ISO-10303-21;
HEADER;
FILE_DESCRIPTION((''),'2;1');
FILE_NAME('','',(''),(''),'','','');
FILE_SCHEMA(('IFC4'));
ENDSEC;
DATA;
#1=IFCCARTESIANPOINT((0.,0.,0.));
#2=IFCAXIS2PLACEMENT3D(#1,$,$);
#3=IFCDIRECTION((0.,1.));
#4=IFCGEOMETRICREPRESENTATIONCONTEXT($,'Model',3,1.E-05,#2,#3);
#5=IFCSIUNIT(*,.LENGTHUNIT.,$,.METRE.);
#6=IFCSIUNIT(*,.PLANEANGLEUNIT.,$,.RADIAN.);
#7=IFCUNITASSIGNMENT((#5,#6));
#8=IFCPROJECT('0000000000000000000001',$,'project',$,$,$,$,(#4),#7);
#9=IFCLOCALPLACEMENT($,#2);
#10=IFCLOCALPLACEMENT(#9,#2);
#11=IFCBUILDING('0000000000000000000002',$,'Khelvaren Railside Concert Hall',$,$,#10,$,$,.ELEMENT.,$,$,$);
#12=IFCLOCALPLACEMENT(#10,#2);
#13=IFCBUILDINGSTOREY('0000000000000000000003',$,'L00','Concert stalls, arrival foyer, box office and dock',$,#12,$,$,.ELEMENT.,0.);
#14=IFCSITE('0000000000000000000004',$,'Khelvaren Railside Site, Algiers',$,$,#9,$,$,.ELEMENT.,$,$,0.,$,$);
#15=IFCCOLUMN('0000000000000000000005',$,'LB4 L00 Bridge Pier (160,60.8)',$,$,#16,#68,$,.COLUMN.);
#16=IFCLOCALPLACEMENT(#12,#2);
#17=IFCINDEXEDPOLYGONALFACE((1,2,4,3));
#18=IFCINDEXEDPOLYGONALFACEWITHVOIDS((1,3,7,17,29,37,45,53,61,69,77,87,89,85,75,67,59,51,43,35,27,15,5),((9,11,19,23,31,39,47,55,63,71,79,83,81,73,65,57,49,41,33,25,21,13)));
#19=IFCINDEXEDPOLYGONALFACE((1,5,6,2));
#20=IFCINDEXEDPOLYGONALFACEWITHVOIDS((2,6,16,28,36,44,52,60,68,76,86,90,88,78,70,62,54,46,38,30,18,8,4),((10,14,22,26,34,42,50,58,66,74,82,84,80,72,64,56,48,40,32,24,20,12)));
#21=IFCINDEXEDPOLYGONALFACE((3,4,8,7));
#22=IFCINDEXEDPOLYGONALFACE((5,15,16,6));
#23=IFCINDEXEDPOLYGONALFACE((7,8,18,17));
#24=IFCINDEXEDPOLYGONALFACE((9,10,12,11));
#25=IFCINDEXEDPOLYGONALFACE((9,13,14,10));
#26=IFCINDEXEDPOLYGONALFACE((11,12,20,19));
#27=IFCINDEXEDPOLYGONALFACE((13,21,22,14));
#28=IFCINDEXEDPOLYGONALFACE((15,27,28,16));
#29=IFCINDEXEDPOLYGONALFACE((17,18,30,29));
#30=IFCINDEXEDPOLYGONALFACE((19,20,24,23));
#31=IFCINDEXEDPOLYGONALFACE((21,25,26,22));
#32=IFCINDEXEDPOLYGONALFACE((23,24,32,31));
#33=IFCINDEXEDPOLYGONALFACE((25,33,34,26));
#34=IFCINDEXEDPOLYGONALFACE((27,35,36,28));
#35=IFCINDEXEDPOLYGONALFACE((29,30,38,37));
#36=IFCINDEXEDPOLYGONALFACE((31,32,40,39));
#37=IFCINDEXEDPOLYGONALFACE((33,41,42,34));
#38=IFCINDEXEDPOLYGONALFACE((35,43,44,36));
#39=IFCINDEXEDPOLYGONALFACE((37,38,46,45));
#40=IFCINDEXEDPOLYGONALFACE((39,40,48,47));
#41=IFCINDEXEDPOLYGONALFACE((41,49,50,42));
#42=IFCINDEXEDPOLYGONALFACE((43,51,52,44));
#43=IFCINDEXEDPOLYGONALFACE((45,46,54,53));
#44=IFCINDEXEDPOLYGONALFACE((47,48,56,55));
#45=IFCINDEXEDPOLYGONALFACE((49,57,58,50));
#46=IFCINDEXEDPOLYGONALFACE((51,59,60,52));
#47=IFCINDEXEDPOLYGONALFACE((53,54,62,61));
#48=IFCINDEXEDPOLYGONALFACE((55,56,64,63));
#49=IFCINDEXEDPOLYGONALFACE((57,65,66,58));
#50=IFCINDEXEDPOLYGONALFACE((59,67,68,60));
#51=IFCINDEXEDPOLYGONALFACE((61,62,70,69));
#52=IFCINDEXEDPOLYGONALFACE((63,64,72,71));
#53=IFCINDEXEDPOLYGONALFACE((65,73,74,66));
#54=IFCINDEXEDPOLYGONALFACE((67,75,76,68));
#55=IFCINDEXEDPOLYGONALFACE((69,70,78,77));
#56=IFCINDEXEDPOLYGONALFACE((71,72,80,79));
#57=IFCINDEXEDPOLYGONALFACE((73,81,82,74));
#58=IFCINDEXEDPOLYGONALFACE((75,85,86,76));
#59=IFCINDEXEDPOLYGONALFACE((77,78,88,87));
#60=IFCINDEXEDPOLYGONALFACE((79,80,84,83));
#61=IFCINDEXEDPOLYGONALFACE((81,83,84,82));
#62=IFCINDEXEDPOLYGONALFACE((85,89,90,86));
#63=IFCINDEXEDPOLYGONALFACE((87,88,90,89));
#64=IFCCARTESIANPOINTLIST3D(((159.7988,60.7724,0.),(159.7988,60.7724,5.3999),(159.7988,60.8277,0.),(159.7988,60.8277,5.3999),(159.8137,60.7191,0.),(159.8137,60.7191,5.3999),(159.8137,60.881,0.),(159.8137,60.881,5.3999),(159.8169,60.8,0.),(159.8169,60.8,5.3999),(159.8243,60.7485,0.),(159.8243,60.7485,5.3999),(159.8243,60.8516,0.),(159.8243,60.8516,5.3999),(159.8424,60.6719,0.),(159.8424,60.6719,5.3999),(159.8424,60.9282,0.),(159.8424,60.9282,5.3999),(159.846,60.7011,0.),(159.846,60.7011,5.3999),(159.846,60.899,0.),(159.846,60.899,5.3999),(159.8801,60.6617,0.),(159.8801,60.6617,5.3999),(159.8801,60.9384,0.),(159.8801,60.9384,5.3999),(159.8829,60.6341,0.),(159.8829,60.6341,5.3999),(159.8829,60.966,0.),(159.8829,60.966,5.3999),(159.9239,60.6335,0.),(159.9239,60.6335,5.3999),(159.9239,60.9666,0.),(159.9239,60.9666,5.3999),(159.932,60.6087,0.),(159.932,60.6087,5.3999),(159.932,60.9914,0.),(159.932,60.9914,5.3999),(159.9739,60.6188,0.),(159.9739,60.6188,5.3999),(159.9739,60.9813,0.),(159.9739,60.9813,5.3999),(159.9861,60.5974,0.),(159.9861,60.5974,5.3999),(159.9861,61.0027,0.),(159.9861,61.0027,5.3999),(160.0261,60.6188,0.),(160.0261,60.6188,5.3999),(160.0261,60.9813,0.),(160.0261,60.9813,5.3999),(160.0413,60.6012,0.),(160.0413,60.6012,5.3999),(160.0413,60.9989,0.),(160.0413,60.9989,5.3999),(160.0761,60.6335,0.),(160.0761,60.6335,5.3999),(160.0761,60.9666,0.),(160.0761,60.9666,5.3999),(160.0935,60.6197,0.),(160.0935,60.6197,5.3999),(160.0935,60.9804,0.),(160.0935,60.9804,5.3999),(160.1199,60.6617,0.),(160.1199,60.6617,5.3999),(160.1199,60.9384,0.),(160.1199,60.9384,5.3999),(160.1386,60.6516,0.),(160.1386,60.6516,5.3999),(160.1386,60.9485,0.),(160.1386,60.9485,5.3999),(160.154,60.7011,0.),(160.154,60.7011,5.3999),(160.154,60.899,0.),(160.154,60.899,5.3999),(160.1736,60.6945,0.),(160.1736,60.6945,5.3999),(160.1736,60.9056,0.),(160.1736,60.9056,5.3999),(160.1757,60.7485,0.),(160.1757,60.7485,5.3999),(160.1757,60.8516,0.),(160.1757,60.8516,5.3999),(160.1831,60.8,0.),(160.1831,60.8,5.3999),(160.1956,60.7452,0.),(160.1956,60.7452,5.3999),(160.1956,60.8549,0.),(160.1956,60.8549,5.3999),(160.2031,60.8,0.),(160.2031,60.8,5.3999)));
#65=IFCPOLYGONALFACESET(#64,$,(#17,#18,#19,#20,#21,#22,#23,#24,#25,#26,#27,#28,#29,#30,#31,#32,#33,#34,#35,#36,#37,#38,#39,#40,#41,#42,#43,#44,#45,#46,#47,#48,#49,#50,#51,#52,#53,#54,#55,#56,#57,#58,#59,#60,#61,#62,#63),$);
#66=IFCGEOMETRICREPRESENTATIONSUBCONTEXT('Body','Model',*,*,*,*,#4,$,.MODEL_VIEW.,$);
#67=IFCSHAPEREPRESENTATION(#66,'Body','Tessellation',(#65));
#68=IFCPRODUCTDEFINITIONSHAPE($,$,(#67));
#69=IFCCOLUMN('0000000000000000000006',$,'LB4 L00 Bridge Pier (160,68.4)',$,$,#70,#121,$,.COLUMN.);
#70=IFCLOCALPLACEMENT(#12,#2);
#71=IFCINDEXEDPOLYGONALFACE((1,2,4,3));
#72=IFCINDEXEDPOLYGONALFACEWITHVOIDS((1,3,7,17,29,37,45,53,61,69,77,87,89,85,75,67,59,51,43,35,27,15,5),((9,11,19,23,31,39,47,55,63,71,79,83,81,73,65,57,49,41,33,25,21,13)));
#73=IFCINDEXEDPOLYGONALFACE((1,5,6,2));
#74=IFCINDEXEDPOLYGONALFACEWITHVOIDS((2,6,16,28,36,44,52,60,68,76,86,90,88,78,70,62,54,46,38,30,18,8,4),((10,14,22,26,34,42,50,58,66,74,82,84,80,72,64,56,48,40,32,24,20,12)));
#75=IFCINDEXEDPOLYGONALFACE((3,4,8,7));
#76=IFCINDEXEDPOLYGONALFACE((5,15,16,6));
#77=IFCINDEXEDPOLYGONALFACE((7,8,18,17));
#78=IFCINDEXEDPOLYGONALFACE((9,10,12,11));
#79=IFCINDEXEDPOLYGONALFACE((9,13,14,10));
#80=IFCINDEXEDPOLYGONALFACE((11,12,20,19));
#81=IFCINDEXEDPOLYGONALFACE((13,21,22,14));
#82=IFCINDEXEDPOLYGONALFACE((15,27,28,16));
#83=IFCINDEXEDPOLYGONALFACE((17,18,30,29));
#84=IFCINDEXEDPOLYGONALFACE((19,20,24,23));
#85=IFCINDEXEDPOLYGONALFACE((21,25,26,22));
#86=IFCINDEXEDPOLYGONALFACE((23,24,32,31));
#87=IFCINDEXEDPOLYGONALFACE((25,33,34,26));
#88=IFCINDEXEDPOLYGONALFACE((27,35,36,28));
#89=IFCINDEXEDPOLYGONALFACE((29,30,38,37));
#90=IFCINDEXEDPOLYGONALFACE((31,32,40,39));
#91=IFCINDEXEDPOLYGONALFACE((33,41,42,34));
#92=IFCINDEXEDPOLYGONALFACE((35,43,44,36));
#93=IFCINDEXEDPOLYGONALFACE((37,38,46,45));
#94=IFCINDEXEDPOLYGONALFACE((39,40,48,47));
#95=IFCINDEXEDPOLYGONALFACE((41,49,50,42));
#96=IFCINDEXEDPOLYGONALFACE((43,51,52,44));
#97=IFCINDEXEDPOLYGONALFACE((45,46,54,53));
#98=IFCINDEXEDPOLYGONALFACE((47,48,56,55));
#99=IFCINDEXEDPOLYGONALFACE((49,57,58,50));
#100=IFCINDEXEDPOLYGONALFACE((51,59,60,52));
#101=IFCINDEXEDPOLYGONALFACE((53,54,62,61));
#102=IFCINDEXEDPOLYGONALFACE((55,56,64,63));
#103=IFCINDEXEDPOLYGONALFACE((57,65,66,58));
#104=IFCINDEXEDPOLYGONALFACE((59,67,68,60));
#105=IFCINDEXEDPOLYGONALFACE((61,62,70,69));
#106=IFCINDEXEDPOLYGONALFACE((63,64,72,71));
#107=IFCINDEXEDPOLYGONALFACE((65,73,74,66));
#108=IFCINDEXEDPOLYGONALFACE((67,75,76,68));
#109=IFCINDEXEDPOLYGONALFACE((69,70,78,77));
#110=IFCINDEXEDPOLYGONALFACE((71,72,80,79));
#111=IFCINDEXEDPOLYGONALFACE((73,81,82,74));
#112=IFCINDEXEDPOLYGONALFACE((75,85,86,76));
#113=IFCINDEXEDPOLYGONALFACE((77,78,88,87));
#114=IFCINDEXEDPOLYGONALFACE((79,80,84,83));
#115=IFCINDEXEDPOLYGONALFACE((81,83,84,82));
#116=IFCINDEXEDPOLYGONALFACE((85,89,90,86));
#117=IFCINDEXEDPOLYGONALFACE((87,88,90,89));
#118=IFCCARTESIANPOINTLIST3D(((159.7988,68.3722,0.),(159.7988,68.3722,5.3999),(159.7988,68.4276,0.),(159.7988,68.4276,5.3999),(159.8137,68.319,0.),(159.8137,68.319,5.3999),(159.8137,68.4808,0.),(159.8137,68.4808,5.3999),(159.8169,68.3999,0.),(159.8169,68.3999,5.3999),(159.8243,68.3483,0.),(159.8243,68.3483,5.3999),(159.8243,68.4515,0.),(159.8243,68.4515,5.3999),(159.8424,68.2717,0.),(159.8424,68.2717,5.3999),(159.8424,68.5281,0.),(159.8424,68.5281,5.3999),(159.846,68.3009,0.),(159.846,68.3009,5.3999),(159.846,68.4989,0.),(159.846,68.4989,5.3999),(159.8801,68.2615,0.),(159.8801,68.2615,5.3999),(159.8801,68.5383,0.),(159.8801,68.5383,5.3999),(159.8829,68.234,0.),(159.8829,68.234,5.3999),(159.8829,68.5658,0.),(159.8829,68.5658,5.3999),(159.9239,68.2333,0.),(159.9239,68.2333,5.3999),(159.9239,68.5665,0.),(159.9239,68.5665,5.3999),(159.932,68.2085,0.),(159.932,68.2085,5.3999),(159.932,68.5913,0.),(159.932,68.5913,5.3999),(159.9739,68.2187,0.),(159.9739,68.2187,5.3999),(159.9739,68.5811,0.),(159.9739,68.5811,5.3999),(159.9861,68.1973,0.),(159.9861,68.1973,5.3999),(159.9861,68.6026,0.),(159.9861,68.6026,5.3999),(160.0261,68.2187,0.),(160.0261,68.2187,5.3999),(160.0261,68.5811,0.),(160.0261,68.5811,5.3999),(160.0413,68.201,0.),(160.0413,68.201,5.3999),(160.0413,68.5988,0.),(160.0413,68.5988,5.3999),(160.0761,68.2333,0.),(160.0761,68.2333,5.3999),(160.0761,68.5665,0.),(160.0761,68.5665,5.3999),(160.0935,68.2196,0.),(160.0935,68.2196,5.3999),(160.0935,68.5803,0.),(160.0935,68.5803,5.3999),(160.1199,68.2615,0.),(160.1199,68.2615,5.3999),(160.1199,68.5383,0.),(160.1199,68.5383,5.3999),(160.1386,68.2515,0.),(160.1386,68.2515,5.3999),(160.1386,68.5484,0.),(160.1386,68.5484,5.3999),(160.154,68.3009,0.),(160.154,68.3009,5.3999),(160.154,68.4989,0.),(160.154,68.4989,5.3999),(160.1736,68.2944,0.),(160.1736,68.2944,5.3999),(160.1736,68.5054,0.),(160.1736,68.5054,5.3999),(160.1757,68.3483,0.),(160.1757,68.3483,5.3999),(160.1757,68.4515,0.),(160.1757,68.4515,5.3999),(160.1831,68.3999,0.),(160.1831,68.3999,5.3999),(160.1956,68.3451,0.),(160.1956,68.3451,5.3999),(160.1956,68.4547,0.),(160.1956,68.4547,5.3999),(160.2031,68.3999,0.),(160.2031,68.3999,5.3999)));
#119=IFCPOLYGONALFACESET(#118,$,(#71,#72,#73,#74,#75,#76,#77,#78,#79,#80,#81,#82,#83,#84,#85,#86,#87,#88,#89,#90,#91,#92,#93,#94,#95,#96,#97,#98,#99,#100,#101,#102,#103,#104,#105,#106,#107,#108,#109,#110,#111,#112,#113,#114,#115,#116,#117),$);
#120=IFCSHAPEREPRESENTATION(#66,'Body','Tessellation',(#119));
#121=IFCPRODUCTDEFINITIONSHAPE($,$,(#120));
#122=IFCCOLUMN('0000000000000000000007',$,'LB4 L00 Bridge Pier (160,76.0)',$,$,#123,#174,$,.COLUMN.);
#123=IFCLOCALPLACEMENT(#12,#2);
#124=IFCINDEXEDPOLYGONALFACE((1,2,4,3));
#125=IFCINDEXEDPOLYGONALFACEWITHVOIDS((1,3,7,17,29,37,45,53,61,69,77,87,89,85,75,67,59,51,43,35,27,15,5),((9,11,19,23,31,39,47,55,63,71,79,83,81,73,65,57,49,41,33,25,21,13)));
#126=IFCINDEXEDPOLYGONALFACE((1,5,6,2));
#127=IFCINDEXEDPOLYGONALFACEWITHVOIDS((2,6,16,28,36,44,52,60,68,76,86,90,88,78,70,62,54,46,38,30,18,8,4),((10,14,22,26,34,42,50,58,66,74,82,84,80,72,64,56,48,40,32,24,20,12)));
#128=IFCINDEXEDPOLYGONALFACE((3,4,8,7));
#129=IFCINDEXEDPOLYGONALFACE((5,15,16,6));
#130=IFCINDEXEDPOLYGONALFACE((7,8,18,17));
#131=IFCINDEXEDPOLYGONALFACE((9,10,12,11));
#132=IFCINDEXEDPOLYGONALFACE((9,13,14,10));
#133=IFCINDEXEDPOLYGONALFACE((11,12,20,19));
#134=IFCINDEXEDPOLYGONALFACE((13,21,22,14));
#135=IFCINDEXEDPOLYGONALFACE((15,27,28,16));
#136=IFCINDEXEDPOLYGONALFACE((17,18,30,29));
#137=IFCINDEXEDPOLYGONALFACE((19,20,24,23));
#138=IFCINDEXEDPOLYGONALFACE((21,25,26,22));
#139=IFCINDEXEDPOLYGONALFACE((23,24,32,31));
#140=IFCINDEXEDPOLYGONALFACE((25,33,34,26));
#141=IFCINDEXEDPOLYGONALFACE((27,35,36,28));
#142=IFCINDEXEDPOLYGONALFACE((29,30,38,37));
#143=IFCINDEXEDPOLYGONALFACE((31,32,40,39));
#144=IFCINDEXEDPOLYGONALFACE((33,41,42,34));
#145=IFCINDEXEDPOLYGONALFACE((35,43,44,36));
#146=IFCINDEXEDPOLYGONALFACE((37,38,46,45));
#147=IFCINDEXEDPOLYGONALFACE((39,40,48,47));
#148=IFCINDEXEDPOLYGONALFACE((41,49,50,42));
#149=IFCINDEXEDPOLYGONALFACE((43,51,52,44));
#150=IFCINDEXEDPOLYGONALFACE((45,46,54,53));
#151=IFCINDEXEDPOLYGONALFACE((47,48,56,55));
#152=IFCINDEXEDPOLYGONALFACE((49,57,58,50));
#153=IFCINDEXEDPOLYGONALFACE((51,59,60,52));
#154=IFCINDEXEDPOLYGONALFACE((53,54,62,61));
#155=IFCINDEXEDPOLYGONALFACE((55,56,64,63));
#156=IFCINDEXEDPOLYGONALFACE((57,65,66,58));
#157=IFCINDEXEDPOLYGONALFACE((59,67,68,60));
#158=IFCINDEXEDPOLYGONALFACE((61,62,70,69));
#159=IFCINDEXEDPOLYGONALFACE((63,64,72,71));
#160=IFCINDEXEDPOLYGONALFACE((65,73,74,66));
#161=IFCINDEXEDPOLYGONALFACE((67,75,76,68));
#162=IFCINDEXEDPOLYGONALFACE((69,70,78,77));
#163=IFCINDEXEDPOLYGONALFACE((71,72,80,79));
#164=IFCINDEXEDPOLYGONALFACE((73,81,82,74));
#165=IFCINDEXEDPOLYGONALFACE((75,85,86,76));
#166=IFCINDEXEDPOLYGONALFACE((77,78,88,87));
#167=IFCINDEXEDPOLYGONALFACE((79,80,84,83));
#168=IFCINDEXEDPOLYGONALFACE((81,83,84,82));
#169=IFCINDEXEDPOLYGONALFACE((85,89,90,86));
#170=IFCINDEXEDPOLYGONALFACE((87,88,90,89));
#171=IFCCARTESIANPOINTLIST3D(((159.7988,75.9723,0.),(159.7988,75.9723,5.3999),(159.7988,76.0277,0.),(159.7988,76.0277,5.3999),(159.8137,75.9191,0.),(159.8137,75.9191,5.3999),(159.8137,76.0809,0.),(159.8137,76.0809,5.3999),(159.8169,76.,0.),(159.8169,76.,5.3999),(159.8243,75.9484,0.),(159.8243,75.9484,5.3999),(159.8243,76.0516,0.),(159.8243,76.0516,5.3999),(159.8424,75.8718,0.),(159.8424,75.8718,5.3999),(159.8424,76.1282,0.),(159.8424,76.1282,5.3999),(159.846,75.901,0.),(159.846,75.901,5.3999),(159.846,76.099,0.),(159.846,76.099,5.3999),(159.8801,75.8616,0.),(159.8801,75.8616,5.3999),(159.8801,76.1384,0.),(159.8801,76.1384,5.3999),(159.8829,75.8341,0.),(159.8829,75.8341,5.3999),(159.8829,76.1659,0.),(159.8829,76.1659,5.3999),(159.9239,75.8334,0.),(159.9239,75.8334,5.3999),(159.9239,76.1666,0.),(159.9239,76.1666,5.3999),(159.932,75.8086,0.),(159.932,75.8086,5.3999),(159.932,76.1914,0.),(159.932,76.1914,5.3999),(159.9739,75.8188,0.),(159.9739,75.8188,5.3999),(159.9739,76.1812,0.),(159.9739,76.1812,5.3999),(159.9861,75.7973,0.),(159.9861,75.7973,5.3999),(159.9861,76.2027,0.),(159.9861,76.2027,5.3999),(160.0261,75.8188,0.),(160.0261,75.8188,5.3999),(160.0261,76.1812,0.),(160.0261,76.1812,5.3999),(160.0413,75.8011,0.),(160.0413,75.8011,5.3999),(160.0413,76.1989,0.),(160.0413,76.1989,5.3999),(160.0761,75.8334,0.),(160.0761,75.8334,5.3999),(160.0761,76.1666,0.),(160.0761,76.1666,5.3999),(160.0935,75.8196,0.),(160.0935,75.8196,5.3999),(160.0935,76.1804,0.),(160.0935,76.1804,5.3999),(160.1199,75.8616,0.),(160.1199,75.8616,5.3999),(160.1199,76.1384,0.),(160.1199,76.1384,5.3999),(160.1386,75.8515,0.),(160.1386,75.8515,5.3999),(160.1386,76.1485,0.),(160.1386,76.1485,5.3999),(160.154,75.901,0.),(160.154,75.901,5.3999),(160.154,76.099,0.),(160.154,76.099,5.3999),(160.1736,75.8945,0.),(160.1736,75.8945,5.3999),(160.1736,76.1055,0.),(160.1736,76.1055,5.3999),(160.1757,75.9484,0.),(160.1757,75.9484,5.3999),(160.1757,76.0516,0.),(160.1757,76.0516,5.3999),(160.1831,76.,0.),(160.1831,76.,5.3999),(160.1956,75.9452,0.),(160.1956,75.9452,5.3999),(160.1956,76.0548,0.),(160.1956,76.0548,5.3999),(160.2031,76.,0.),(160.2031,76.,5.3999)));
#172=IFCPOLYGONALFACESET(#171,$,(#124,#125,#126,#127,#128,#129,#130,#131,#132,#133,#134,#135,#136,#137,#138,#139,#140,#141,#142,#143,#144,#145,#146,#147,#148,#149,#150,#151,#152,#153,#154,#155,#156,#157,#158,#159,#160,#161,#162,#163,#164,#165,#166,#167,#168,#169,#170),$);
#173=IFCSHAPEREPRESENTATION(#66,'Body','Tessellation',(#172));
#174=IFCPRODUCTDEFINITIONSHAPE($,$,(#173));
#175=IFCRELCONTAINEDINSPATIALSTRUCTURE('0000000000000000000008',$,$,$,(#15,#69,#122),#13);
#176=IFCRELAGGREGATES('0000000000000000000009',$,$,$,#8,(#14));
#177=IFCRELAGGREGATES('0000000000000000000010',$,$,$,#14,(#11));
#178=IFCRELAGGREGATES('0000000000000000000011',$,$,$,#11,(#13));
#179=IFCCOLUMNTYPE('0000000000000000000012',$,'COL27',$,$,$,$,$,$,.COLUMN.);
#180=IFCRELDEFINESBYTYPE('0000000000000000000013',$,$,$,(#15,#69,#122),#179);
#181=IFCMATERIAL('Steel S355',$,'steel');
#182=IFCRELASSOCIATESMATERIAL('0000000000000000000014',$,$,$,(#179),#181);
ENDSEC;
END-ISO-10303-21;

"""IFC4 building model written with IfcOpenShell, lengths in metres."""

from ifc_helpers import new_model, si_unit, direction, frame, origin, origin_2d, place, context, subcontext, project, spatial, hollow_circle, extrude, material, material_profile, profile_set, type_object, element, save


model = new_model("IFC4")

# Units and contexts
model_context = context("Model", 3, precision=1e-05, world=origin(), true_north=direction((0.0, 1.0)))
body_context = subcontext(model_context, "Body", "Model", "MODEL_VIEW")
ifc_project = project(units=[si_unit("LENGTHUNIT", "METRE"), si_unit("PLANEANGLEUNIT", "RADIAN")], contexts=[model_context])

# Site, building, storey
site_placement = place(None, origin())
site = spatial("IfcSite", under=ifc_project, at=site_placement, Name="Khelvaren Railside Site, Algiers", CompositionType="ELEMENT", RefElevation=0.0)
building_placement = place(site_placement, origin())
building = spatial("IfcBuilding", under=site, at=building_placement, Name="Khelvaren Railside Concert Hall", CompositionType="ELEMENT")
storey_placement = place(building_placement, origin())
storey = spatial("IfcBuildingStorey", under=building, at=storey_placement, Name="L00", Description="Concert stalls, arrival foyer, box office and dock", CompositionType="ELEMENT", Elevation=0.0)

# Columns
ifc_material_1 = material(Name="Steel S355", Category="steel")
ifc_material_profile_1 = material_profile(ifc_material_1, hollow_circle(Radius=0.2031, WallThickness=0.02, at=origin_2d()), Name="CHS 406.4x20")
ifc_profile_set_1 = profile_set([ifc_material_profile_1], Name="Steel S355")
column_type_1 = type_object("IfcColumnType", Name="COL27", PredefinedType="COLUMN", material=ifc_profile_set_1)
for number, where, z_axis, x_axis, name in (
    (1, (160.0, 60.8, 0.0), (0.0, 0.0, 1.0), (1.0, 0.0, 0.0), "LB4 L00 Bridge Pier (160,60.8)"),
    (2, (160.0, 68.3999, 0.0), (0.0, 0.0, 1.0), (1.0, 0.0, 0.0), "LB4 L00 Bridge Pier (160,68.4)"),
    (3, (160.0, 76.0, 0.0), (0.0, 0.0, 1.0), (1.0, 0.0, 0.0), "LB4 L00 Bridge Pier (160,76.0)"),
):
    element("IfcColumn", number, at=place(storey_placement, frame(where, z_axis=z_axis, x_axis=x_axis)), inside=storey, type_object=column_type_1, Name=name, PredefinedType="COLUMN", context=body_context, shape_type="SweptSolid", body=[
        extrude(hollow_circle(Radius=0.2031, WallThickness=0.02, at=origin_2d()), origin(), (0.0, 0.0, 1.0), 5.3999),
    ])

save(model, "model.ifc")
